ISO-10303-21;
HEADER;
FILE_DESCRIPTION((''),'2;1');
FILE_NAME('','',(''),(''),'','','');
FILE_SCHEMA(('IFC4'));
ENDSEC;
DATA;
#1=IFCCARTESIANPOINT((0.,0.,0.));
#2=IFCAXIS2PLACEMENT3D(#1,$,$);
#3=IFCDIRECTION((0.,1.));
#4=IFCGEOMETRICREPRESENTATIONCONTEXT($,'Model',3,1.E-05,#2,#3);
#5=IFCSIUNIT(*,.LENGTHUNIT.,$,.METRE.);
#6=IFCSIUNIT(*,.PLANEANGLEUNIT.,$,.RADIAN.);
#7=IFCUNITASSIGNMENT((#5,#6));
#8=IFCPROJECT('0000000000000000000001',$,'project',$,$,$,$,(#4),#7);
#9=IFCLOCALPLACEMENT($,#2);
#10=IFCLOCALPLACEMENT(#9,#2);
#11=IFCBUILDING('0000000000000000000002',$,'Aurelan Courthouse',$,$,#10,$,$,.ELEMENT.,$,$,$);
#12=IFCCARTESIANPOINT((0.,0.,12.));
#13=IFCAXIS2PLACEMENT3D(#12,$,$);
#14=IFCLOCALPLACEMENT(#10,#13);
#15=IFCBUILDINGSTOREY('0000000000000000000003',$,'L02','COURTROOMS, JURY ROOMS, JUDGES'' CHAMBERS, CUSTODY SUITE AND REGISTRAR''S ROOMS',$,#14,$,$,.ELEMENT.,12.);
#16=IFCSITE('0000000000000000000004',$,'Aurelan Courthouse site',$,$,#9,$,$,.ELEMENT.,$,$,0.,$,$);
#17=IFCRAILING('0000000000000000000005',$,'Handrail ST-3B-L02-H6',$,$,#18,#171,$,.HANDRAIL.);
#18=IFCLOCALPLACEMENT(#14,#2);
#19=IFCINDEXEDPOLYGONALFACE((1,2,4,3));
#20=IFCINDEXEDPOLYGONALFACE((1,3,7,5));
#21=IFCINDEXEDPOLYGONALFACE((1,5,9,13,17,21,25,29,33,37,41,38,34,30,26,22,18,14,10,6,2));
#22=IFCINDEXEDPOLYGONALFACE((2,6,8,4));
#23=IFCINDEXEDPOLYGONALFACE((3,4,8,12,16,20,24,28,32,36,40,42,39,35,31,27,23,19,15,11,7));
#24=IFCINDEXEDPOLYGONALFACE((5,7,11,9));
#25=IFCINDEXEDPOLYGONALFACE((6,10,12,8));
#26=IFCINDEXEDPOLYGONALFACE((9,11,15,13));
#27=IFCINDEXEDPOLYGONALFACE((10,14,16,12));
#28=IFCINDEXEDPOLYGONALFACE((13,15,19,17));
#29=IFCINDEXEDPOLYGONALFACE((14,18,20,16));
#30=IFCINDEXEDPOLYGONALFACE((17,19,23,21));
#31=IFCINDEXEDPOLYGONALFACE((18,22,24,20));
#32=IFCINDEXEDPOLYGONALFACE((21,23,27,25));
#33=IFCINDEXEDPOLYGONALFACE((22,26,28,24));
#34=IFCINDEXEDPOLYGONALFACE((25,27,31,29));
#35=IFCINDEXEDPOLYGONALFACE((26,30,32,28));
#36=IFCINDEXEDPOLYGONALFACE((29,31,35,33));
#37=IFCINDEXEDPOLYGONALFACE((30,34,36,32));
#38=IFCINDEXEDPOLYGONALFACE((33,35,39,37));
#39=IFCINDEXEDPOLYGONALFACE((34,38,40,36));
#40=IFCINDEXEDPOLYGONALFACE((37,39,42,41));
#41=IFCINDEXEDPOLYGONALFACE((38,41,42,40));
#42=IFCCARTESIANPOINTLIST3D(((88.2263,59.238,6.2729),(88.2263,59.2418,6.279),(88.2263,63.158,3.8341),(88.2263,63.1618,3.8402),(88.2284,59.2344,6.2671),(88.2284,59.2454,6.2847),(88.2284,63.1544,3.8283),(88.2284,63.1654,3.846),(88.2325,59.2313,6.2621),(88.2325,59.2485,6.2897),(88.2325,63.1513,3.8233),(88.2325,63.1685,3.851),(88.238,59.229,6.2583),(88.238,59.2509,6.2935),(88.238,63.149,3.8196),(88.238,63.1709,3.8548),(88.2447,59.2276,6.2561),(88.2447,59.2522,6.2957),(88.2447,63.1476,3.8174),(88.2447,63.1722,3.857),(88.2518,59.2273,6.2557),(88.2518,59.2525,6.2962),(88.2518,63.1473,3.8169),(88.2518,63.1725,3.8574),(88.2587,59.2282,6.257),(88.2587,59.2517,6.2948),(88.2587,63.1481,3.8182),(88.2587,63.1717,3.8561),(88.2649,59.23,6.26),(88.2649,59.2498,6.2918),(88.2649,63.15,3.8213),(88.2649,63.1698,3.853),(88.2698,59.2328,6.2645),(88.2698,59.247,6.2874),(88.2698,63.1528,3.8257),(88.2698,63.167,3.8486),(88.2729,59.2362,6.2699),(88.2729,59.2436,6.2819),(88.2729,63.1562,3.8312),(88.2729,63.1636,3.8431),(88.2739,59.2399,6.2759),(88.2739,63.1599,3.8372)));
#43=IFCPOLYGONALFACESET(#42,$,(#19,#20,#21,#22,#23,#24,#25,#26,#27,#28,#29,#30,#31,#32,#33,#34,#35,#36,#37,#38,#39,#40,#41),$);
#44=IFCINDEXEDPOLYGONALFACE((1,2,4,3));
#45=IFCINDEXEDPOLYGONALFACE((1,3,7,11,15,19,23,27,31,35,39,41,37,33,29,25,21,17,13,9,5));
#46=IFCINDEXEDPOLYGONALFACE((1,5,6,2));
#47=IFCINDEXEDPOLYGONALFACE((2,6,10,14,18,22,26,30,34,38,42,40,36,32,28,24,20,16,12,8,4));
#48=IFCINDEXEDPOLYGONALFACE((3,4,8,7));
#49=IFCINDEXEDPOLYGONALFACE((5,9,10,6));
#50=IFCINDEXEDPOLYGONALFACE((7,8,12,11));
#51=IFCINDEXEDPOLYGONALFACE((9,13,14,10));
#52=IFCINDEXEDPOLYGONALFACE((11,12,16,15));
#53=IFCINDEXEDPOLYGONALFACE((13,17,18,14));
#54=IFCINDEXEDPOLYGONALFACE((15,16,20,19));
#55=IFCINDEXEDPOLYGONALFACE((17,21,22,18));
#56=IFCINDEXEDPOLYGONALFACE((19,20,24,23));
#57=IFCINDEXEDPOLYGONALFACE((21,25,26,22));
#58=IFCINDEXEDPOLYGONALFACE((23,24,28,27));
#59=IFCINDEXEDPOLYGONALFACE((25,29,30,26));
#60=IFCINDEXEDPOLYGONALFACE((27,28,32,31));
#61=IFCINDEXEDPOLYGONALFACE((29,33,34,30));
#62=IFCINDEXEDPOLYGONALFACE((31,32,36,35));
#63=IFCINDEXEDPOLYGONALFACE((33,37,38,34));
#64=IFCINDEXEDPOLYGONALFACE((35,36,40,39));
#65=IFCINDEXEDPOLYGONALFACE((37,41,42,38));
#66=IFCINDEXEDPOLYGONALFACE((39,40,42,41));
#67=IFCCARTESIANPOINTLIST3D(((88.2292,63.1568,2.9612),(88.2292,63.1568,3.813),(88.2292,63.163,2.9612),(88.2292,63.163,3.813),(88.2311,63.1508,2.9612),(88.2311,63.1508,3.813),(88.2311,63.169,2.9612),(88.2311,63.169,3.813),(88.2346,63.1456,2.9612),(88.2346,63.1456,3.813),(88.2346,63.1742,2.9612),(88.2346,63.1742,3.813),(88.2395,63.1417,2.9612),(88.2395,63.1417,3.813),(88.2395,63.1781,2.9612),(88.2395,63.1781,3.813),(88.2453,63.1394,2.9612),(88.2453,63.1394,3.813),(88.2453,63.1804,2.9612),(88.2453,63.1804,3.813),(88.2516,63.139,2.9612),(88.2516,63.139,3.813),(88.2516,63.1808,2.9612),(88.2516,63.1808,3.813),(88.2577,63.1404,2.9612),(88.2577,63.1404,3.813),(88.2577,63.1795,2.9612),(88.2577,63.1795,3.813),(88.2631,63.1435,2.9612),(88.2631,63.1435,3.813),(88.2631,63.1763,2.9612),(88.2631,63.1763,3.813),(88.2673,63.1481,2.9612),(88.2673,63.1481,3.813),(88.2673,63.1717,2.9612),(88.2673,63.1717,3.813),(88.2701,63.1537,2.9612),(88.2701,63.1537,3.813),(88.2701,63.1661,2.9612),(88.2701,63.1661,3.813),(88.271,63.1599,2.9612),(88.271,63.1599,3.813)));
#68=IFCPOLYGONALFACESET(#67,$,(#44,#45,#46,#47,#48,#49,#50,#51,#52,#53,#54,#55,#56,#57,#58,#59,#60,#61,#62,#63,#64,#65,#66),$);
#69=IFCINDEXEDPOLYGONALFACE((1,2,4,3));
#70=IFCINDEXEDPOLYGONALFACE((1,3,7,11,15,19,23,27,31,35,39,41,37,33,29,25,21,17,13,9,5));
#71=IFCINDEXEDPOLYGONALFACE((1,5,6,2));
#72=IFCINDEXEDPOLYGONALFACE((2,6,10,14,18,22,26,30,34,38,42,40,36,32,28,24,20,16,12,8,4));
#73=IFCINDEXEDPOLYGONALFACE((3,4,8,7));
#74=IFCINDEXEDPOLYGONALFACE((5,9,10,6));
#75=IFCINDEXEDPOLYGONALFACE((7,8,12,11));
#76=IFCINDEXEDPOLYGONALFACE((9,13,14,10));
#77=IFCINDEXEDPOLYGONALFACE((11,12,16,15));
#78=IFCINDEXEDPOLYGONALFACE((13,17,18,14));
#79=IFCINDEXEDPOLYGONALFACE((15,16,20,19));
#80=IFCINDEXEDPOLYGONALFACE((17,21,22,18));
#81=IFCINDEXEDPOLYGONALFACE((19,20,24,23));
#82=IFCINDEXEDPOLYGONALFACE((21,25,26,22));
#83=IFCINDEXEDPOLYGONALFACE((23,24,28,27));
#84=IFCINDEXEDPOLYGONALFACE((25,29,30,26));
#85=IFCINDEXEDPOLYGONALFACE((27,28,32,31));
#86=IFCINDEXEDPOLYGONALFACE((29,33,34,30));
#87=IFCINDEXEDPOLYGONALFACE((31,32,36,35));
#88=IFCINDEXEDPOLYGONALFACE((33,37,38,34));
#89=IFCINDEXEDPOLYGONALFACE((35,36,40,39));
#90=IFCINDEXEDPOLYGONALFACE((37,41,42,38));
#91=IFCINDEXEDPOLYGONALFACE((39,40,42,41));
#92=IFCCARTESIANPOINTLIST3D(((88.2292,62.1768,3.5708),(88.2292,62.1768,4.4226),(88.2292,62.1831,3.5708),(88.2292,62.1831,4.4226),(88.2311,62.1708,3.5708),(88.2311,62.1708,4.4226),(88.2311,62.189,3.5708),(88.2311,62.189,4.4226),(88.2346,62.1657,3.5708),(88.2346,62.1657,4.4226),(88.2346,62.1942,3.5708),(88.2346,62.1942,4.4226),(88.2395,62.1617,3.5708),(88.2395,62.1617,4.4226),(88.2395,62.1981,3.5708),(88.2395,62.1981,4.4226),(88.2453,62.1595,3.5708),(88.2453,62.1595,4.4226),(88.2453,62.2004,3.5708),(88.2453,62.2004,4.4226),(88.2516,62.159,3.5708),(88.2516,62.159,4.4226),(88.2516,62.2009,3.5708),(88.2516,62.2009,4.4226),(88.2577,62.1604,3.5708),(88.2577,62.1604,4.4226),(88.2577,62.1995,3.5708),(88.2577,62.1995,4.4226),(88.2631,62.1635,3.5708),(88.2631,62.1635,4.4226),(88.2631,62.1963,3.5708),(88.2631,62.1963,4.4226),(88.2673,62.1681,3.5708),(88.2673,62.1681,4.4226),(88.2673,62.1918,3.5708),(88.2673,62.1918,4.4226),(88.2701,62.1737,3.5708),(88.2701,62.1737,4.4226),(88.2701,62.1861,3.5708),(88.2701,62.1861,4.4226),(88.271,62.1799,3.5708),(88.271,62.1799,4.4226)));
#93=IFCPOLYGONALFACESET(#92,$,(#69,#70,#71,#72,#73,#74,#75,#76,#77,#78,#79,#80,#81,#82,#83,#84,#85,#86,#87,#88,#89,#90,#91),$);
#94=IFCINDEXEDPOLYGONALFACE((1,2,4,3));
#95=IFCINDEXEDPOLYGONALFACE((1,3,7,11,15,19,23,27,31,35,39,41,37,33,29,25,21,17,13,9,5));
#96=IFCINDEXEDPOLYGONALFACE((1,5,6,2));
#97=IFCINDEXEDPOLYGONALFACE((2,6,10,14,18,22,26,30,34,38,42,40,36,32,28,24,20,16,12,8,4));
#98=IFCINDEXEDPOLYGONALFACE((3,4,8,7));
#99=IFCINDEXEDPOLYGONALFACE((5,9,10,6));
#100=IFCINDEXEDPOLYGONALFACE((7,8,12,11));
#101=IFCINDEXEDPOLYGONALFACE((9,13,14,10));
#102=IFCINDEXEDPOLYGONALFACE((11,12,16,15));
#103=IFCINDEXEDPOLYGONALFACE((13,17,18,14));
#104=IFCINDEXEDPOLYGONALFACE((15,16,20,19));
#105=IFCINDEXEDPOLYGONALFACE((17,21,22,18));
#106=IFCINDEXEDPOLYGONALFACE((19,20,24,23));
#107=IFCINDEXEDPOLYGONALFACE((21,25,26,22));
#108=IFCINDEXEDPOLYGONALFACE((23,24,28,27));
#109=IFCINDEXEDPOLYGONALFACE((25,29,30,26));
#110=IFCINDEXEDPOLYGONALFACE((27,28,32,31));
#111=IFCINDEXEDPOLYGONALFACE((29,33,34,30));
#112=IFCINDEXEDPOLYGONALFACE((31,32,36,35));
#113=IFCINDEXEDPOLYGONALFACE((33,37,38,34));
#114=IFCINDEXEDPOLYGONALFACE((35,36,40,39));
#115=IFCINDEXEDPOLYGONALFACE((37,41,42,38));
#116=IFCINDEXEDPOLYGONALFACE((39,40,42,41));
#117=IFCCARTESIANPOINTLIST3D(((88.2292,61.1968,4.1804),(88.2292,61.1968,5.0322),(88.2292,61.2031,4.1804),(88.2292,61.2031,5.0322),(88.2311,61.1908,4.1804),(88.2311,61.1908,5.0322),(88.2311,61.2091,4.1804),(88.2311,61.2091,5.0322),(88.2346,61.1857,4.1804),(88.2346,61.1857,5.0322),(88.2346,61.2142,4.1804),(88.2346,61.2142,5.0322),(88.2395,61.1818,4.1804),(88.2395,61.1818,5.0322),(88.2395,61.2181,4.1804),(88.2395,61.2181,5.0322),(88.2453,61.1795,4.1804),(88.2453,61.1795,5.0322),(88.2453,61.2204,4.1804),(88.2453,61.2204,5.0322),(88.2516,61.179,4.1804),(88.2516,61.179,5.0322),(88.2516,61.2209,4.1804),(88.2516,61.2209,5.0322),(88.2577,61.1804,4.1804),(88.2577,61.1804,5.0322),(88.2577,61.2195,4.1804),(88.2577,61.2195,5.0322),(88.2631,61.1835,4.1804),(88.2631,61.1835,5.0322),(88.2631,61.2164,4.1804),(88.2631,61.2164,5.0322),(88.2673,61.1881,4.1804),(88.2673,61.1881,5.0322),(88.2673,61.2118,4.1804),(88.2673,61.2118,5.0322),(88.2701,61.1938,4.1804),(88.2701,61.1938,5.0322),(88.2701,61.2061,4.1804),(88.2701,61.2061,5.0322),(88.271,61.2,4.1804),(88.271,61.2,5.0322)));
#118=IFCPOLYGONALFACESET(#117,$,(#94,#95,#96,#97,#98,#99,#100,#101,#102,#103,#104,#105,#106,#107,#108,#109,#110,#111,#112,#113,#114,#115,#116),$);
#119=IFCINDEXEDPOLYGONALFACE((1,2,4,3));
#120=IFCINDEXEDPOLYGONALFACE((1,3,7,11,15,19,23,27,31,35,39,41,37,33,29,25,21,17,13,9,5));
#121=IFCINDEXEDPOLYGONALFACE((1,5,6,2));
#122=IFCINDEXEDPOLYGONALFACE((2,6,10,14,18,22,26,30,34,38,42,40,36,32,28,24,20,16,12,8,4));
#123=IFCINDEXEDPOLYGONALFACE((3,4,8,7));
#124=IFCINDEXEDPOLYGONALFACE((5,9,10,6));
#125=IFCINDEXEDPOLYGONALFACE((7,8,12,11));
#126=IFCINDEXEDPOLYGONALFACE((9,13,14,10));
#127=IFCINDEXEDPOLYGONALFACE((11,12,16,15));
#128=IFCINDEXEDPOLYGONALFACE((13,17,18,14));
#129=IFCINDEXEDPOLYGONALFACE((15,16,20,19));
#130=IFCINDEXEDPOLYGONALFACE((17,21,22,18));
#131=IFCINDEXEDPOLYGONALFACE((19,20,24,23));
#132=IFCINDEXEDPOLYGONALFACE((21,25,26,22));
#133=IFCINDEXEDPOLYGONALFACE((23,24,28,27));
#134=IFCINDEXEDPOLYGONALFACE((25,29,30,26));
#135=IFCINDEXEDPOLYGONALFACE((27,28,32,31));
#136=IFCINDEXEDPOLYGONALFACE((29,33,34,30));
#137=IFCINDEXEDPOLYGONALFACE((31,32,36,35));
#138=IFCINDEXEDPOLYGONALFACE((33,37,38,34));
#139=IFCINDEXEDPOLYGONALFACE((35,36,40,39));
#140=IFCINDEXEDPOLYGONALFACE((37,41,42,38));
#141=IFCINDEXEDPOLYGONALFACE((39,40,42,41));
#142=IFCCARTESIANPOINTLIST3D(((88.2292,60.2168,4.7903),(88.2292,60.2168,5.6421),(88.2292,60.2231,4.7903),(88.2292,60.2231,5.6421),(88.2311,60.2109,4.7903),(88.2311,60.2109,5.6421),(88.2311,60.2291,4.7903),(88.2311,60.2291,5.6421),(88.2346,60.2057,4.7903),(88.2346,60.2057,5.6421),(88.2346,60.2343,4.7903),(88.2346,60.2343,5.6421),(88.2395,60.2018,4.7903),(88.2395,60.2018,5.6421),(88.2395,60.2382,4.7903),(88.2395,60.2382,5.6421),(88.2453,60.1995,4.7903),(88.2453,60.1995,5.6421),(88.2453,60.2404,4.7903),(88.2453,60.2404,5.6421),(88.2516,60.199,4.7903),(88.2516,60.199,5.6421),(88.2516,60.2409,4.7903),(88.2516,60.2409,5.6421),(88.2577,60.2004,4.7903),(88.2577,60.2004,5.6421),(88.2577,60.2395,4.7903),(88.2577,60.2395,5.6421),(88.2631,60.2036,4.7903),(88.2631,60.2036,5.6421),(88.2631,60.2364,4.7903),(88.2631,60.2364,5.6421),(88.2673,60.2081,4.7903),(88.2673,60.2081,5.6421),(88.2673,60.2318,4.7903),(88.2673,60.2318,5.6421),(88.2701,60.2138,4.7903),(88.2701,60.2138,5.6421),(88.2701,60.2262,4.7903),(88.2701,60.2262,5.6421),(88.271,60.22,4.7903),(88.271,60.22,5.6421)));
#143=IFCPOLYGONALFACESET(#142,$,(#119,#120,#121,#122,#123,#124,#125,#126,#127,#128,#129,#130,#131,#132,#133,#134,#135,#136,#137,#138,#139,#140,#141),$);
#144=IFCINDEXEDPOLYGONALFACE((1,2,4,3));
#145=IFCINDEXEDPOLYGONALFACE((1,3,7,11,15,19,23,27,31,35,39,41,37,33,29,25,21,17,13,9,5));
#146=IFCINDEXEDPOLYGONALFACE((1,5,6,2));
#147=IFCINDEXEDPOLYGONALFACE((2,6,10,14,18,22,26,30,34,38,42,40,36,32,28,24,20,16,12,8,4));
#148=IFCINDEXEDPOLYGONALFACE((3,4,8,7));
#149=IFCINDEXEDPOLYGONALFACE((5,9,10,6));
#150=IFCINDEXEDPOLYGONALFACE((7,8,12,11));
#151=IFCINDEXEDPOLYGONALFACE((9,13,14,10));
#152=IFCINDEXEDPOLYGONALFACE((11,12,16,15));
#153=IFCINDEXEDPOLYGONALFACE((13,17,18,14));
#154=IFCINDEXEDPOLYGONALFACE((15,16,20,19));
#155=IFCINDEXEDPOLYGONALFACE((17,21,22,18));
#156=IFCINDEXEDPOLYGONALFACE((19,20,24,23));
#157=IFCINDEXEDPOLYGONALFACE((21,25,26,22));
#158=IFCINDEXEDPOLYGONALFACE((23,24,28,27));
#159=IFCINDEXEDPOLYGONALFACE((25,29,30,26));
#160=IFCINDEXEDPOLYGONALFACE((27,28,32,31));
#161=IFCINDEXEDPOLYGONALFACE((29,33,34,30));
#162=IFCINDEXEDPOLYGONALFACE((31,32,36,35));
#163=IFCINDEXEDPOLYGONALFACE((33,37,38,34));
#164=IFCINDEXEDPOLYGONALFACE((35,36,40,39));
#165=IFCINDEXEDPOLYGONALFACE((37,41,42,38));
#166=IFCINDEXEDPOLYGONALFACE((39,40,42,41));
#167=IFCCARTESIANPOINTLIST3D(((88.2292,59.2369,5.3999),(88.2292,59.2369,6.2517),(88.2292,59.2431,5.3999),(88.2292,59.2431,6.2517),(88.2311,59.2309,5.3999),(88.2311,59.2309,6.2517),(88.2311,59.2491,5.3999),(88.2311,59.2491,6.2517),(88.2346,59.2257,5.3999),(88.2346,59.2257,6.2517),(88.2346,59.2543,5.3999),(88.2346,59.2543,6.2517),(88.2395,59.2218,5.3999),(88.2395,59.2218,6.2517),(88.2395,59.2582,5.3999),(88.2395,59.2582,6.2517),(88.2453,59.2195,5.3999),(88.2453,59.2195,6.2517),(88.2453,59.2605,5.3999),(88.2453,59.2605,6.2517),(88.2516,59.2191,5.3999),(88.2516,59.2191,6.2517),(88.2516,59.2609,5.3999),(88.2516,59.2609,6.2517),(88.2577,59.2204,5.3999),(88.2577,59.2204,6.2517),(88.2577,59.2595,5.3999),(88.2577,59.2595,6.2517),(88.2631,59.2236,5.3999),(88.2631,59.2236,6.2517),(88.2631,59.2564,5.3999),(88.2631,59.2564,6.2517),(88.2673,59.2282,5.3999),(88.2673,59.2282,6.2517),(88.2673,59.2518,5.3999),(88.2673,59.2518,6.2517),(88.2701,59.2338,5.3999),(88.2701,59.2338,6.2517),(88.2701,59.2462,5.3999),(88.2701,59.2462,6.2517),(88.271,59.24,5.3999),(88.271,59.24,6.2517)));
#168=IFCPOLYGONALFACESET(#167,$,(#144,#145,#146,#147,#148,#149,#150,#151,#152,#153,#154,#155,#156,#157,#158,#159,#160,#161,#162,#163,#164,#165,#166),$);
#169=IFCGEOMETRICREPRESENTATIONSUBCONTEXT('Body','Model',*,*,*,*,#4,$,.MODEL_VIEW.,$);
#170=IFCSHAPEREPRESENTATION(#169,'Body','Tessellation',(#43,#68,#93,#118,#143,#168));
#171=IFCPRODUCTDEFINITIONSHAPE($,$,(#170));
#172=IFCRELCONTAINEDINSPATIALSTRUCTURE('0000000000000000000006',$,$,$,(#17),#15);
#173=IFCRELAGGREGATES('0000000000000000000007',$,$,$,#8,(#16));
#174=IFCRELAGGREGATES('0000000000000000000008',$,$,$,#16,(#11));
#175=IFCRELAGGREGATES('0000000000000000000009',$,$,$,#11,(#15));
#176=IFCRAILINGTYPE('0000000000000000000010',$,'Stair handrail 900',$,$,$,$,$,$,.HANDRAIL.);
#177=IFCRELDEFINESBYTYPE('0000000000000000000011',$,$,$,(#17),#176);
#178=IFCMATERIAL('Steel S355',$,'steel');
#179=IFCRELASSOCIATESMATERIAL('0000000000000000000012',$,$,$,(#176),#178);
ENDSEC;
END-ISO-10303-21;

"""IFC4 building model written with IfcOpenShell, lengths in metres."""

from ifc_helpers import new_model, si_unit, direction, frame, origin, origin_2d, place, context, subcontext, project, spatial, circle, extrude, material, type_object, element, save


model = new_model("IFC4")

# Units and contexts
model_context = context("Model", 3, precision=1e-05, world=origin(), true_north=direction((0.0, 1.0)))
body_context = subcontext(model_context, "Body", "Model", "MODEL_VIEW")
ifc_project = project(units=[si_unit("LENGTHUNIT", "METRE"), si_unit("PLANEANGLEUNIT", "RADIAN")], contexts=[model_context])

# Site, building, storey
site_placement = place(None, origin())
site = spatial("IfcSite", under=ifc_project, at=site_placement, Name="Aurelan Courthouse site", CompositionType="ELEMENT", RefElevation=0.0)
building_placement = place(site_placement, origin())
building = spatial("IfcBuilding", under=site, at=building_placement, Name="Aurelan Courthouse", CompositionType="ELEMENT")
storey_placement = place(building_placement, frame((0.0, 0.0, 12.0)))
storey = spatial("IfcBuildingStorey", under=building, at=storey_placement, Name="L02", Description="COURTROOMS, JURY ROOMS, JUDGES' CHAMBERS, CUSTODY SUITE AND REGISTRAR'S ROOMS", CompositionType="ELEMENT", Elevation=12.0)

# Railing
ifc_material_1 = material(Name="Steel S355", Category="steel")
railing_type_1 = type_object("IfcRailingType", Name="Stair handrail 900", PredefinedType="HANDRAIL", material=ifc_material_1)
for number, where, name in (
    (1, (88.25, 63.1599, 2.9612), "Handrail ST-3B-L02-H6"),
):
    element("IfcRailing", number, at=place(storey_placement, frame(where)), inside=storey, type_object=railing_type_1, Name=name, PredefinedType="HANDRAIL", context=body_context, shape_type="SweptSolid", body=[
        extrude(circle(Radius=0.0239, at=origin_2d()), frame((0.0, 0.0, 0.876), z_axis=(0.0, -0.84909, 0.528249), x_axis=(1.0, 0.0, 0.0)), (0.0, 0.0, 1.0), 4.6167),
        extrude(circle(Radius=0.021, at=origin_2d()), origin(), (0.0, 0.0, 1.0), 0.8518),
        extrude(circle(Radius=0.021, at=origin_2d()), frame((0.0, -0.98, 0.6096)), (0.0, 0.0, 1.0), 0.8518),
        extrude(circle(Radius=0.021, at=origin_2d()), frame((0.0, -1.96, 1.2192)), (0.0, 0.0, 1.0), 0.8518),
        extrude(circle(Radius=0.021, at=origin_2d()), frame((0.0, -2.9399, 1.8291)), (0.0, 0.0, 1.0), 0.8518),
        extrude(circle(Radius=0.021, at=origin_2d()), frame((0.0, -3.9199, 2.4387)), (0.0, 0.0, 1.0), 0.8518),
    ])

save(model, "model.ifc")
